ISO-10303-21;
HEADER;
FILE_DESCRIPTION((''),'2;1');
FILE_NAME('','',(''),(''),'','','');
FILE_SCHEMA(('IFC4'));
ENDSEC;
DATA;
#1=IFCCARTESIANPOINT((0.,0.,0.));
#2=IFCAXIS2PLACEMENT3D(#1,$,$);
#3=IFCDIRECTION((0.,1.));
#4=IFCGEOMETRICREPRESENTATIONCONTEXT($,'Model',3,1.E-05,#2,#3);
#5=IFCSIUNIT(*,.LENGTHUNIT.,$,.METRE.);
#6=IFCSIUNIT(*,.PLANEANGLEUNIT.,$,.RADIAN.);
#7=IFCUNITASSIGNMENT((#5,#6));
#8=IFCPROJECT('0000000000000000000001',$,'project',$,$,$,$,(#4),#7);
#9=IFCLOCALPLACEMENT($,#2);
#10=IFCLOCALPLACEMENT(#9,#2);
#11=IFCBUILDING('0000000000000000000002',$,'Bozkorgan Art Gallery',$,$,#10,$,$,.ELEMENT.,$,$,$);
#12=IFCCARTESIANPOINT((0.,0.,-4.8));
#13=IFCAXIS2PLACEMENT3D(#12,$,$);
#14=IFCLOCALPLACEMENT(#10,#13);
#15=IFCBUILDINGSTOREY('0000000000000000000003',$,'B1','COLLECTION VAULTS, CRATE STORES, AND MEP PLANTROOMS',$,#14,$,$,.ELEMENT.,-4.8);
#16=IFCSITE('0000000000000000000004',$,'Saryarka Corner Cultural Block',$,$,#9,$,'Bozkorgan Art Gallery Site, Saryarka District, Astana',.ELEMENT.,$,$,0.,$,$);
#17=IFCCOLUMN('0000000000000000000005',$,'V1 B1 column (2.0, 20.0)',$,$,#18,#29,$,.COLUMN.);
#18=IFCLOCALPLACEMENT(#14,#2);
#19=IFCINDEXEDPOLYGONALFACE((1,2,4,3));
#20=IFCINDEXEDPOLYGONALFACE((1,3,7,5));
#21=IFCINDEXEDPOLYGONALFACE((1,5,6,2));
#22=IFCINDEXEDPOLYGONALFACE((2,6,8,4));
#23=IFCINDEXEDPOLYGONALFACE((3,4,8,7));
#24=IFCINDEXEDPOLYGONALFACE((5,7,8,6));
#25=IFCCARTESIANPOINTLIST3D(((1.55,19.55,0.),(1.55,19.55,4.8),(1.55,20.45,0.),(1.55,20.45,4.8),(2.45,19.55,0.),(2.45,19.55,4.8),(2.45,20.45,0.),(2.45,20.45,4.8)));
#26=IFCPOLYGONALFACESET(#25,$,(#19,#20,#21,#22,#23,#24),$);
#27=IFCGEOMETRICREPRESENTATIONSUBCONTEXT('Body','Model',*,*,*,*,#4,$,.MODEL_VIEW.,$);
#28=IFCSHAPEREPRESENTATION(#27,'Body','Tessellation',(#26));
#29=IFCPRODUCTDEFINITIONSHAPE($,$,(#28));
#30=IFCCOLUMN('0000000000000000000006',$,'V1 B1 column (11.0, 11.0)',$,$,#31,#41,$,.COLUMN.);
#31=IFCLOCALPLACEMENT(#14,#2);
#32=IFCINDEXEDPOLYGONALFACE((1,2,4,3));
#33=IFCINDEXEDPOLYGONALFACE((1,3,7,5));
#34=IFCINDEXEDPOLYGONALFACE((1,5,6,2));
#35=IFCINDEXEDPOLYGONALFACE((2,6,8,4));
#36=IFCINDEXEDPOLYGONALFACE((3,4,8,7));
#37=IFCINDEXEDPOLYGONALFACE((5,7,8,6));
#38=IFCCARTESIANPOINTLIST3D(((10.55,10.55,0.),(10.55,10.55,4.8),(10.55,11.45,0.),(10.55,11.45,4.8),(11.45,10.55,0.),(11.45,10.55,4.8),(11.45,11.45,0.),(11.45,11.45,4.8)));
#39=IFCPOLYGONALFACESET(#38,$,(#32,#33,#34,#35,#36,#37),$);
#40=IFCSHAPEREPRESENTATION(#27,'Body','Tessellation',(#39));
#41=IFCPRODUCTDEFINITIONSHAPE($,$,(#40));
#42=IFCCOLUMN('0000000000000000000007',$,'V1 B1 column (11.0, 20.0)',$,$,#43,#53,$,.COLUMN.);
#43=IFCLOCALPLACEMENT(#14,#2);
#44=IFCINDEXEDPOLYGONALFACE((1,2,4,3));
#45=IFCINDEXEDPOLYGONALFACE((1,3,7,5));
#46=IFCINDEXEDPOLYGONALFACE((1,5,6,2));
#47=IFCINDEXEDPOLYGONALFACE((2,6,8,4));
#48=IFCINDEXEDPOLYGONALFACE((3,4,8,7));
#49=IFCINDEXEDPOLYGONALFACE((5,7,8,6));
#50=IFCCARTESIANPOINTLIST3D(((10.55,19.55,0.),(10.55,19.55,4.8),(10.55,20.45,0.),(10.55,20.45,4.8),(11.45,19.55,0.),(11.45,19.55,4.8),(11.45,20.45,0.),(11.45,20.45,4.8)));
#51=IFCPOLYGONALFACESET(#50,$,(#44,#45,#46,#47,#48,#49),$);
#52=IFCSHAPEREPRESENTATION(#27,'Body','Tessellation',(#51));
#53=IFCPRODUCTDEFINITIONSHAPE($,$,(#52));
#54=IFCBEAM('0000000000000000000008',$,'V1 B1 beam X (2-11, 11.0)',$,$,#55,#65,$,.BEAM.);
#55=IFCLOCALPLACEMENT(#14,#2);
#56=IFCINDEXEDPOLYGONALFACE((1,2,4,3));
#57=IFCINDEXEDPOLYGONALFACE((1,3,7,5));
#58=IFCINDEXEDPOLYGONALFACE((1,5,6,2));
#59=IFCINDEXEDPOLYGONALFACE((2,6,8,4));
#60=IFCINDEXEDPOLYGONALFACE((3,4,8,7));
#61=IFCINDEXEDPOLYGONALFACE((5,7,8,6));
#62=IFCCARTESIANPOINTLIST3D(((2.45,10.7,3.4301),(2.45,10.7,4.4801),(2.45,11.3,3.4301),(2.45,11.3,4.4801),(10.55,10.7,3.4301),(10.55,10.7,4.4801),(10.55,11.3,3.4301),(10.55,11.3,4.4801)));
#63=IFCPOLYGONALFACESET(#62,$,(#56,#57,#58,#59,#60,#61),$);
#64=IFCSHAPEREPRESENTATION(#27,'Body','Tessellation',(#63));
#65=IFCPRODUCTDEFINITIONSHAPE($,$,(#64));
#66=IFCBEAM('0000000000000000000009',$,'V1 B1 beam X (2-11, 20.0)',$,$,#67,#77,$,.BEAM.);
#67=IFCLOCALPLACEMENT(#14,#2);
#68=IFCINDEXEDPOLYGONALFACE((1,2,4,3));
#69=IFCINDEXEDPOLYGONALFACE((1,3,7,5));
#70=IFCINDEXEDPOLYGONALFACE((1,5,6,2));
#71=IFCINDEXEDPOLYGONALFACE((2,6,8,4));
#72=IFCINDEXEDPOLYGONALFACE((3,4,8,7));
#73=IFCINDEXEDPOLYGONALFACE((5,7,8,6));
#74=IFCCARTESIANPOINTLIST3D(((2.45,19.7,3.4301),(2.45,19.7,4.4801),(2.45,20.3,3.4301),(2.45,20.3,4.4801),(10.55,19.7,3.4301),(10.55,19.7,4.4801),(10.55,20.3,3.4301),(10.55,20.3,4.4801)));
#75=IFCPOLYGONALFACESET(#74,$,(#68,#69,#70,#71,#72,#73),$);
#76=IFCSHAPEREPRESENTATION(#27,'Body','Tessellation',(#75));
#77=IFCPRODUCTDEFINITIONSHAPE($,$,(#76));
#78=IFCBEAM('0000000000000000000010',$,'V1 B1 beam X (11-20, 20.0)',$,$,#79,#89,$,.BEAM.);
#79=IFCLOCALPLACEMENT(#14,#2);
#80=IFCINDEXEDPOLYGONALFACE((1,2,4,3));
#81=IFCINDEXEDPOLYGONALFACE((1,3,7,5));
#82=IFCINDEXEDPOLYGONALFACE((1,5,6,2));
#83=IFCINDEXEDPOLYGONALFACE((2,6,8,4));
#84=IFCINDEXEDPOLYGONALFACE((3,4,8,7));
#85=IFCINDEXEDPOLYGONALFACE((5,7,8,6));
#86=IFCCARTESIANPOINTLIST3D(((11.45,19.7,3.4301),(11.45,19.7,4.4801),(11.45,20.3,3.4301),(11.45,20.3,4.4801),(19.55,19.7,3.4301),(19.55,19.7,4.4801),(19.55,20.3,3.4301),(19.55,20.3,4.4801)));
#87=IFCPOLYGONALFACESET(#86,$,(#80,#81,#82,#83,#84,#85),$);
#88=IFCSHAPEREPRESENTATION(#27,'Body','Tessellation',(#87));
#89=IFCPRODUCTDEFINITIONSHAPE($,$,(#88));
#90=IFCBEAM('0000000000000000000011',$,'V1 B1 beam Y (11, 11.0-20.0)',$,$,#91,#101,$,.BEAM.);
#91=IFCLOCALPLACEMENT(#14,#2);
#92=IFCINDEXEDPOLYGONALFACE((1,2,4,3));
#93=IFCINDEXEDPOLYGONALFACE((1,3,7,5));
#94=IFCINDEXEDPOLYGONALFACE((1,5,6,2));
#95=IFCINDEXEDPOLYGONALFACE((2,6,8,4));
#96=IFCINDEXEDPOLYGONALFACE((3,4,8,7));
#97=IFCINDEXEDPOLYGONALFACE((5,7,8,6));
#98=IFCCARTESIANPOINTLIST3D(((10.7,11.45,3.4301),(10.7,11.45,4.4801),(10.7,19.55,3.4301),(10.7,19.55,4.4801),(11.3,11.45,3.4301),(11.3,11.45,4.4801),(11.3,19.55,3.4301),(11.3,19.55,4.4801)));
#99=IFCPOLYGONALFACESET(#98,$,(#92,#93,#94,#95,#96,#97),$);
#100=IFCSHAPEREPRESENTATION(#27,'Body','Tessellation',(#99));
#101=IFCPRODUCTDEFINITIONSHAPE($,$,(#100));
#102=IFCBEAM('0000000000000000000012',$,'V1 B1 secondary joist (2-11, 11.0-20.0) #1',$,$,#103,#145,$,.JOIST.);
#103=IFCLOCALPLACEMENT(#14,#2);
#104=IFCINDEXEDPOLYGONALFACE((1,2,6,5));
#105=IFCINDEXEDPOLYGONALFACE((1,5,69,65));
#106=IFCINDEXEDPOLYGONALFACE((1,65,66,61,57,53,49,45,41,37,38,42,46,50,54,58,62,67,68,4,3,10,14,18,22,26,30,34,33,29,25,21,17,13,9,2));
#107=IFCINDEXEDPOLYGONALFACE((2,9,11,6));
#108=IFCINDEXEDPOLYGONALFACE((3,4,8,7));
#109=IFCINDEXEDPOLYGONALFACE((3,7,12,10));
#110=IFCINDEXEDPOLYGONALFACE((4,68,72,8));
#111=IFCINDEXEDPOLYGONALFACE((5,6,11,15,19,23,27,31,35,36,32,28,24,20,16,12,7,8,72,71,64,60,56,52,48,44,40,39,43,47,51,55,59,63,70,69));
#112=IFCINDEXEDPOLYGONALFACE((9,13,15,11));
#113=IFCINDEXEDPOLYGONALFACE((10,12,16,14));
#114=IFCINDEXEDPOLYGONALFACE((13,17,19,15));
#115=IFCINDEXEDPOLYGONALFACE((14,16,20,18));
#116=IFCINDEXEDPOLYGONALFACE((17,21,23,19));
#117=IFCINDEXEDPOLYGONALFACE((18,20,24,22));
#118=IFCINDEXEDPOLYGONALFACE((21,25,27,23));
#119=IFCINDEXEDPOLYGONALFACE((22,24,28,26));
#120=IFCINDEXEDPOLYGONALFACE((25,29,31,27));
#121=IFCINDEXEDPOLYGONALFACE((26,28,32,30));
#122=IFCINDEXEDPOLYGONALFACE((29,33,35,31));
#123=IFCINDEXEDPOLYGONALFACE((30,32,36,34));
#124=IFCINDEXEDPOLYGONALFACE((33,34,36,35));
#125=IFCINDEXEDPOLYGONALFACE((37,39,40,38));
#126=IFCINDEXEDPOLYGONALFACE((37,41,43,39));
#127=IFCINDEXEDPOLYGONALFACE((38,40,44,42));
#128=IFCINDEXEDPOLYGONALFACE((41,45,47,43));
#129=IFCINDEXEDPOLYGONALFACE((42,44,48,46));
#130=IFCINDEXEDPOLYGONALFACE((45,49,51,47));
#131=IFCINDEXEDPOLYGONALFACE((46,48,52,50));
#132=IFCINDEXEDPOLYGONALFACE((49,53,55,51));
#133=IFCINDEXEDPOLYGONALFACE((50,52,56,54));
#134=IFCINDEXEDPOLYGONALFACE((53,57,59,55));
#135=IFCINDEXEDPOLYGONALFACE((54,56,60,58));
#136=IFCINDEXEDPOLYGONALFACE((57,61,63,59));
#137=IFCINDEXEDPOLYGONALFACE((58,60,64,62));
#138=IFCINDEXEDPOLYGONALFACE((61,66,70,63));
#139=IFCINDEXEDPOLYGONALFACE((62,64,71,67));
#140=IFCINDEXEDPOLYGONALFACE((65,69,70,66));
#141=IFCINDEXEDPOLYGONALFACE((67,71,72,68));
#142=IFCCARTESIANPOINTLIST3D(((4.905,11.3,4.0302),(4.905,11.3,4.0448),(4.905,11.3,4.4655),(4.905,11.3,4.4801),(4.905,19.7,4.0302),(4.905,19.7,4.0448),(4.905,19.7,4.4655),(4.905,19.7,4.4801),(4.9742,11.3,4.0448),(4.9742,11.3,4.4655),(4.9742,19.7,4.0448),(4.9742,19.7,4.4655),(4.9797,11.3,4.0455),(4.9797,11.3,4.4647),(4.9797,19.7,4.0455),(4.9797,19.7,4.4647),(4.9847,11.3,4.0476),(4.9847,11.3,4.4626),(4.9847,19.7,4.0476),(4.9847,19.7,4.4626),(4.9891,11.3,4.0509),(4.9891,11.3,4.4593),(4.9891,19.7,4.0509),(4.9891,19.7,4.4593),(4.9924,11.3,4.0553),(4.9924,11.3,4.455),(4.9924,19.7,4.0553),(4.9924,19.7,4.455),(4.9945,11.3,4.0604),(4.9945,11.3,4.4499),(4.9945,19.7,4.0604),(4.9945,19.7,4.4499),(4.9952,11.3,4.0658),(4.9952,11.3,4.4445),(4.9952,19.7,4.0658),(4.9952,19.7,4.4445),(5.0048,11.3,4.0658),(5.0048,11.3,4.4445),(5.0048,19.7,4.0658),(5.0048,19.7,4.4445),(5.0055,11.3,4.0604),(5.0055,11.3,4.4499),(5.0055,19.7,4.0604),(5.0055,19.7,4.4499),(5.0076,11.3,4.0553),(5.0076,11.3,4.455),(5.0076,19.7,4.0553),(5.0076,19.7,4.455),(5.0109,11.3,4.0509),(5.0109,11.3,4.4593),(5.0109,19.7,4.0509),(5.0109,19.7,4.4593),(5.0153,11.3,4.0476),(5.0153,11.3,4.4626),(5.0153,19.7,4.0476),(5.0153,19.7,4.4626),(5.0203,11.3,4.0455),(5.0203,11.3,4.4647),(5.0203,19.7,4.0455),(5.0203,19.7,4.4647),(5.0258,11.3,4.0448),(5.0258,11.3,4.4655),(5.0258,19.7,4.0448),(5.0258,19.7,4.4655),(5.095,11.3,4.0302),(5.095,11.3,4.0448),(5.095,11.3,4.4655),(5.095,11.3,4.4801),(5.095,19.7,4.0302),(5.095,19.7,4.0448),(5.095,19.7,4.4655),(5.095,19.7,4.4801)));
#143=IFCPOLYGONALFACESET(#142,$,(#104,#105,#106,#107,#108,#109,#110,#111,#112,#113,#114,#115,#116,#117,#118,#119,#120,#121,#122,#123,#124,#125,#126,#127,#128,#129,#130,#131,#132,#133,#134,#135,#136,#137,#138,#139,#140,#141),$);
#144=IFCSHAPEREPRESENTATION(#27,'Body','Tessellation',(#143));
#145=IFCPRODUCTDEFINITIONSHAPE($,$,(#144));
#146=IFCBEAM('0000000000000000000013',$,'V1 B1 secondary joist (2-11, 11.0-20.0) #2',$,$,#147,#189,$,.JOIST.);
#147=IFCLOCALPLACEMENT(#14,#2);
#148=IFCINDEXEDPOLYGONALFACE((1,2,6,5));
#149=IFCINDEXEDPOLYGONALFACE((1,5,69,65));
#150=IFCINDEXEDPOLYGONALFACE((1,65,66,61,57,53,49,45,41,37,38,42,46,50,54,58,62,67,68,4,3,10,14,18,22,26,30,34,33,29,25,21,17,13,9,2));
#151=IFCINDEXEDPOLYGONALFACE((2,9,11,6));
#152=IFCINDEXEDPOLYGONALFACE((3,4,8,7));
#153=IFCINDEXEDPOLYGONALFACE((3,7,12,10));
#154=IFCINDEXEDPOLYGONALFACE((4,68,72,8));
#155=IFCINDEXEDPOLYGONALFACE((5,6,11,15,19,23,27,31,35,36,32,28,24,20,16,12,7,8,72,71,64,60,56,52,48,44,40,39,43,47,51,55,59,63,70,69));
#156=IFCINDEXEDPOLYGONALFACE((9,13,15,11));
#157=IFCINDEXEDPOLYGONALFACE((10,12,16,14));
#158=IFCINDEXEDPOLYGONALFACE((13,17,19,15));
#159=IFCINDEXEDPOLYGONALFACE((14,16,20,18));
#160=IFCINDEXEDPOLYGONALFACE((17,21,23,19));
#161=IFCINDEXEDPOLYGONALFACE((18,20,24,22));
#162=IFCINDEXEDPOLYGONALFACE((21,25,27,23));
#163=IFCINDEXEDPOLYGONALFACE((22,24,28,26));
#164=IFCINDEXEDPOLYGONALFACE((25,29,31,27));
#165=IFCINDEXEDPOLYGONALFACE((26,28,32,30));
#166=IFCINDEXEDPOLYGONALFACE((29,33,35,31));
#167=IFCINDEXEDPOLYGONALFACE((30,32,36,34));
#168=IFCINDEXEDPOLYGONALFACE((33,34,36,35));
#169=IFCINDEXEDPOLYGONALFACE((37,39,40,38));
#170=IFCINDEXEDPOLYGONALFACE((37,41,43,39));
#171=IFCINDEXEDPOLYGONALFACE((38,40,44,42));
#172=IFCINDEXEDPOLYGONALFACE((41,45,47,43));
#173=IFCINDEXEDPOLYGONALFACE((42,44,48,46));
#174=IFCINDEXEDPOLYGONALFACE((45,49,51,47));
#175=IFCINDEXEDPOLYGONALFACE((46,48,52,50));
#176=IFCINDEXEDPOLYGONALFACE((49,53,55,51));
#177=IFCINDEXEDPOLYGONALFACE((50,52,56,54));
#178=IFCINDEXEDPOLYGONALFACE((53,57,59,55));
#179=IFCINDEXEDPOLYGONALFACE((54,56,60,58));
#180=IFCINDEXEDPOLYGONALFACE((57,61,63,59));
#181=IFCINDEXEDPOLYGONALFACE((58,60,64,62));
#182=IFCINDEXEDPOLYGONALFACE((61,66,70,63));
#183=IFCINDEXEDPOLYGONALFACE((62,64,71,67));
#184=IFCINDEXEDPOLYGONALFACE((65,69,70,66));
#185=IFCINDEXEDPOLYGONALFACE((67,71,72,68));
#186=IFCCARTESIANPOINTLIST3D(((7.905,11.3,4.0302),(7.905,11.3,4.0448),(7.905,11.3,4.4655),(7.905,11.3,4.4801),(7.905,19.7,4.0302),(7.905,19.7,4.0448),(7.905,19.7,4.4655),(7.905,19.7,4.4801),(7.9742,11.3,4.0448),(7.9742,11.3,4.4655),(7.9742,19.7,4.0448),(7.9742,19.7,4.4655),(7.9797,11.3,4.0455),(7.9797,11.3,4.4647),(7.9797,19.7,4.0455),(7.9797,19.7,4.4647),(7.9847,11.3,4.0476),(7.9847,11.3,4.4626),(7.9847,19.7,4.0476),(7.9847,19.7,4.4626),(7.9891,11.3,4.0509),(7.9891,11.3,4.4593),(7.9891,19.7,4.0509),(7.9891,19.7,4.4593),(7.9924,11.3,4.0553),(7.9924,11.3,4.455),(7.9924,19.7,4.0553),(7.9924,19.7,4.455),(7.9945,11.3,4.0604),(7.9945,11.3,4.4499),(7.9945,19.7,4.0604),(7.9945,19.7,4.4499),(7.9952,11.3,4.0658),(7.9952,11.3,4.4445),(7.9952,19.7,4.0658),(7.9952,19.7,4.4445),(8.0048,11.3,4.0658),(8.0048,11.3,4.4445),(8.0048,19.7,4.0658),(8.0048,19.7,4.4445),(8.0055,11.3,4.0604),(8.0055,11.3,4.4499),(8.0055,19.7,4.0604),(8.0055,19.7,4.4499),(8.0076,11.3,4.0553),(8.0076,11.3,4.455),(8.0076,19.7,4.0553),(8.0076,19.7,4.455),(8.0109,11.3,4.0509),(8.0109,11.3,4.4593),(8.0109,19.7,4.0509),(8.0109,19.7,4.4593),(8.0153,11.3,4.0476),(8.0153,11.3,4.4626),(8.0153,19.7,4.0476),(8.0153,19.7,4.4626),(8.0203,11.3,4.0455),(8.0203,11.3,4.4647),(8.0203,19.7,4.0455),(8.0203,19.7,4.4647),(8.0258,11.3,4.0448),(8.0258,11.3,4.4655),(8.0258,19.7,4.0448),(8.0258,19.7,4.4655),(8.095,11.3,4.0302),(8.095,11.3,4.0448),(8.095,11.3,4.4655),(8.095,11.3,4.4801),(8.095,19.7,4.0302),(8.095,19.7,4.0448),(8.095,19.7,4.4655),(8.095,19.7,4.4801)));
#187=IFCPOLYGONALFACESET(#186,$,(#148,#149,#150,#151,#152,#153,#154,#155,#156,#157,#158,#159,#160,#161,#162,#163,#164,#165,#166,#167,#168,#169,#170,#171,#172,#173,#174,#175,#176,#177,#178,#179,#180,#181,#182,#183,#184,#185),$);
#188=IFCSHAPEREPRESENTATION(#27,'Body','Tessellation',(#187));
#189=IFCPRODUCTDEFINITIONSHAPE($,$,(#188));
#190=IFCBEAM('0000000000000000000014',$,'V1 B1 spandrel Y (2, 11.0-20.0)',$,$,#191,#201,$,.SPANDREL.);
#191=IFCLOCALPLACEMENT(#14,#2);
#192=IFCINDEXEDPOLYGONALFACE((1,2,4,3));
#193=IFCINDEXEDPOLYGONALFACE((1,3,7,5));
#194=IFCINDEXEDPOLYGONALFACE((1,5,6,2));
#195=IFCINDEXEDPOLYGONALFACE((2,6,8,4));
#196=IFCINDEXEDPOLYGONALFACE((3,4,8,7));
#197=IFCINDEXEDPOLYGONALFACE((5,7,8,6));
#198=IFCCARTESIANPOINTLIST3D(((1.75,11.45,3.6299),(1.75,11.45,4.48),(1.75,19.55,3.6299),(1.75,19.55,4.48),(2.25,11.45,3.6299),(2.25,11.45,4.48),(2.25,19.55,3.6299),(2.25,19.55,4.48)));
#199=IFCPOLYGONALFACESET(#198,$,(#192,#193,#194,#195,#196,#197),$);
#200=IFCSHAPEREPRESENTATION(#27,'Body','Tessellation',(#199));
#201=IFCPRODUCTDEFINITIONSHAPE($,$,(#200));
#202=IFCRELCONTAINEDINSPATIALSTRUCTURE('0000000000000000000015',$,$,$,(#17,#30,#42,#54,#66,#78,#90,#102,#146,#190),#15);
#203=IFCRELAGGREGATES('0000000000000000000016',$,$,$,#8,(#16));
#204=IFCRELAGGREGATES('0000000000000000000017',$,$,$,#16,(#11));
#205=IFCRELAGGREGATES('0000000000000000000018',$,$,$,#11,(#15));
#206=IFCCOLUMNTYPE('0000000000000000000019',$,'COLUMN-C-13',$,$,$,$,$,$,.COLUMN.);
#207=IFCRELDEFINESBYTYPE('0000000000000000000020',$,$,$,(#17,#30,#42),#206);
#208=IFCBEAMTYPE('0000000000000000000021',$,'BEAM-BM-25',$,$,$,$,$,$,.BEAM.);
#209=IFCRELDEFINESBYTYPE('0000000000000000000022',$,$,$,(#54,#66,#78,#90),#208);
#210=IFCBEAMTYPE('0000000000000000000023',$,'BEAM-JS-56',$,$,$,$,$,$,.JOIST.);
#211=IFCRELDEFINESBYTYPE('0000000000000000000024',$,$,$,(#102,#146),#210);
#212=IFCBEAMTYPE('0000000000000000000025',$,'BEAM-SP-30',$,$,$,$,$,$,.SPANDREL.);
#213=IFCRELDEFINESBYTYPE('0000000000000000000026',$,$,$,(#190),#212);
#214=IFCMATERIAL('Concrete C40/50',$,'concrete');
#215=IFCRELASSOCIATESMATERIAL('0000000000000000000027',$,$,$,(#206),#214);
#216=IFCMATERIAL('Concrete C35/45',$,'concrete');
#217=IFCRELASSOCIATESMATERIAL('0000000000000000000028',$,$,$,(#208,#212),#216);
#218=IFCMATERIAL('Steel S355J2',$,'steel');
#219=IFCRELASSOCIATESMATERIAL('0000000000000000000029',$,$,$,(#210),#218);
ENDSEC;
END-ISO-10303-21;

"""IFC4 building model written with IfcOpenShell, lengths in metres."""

from ifc_helpers import new_model, si_unit, direction, frame, origin, origin_2d, place, context, subcontext, project, spatial, rectangle, i_section, extrude, material, material_profile, profile_set, type_object, element, save


model = new_model("IFC4")

# Units and contexts
model_context = context("Model", 3, precision=1e-05, world=origin(), true_north=direction((0.0, 1.0)))
body_context = subcontext(model_context, "Body", "Model", "MODEL_VIEW")
ifc_project = project(units=[si_unit("LENGTHUNIT", "METRE"), si_unit("PLANEANGLEUNIT", "RADIAN")], contexts=[model_context])

# Site, building, storey
site_placement = place(None, origin())
site = spatial("IfcSite", under=ifc_project, at=site_placement, Name="Saryarka Corner Cultural Block", LongName="Bozkorgan Art Gallery Site, Saryarka District, Astana", CompositionType="ELEMENT", RefElevation=0.0)
building_placement = place(site_placement, origin())
building = spatial("IfcBuilding", under=site, at=building_placement, Name="Bozkorgan Art Gallery", CompositionType="ELEMENT")
storey_placement = place(building_placement, frame((0.0, 0.0, -4.8)))
storey = spatial("IfcBuildingStorey", under=building, at=storey_placement, Name="B1", Description="COLLECTION VAULTS, CRATE STORES, AND MEP PLANTROOMS", CompositionType="ELEMENT", Elevation=-4.8)

# Columns
ifc_material_1 = material(Name="Concrete C40/50", Category="concrete")
ifc_material_profile_1 = material_profile(ifc_material_1, rectangle(XDim=0.8999, YDim=0.8999, at=origin_2d()), Name="RC 900x900")
ifc_profile_set_1 = profile_set([ifc_material_profile_1], Name="Concrete C40/50")
column_type = type_object("IfcColumnType", Name="COLUMN-C-13", PredefinedType="COLUMN", material=ifc_profile_set_1)
for number, where, z_axis, x_axis, name in (
    (1, (2.0, 20.0, 0.0), (0.0, 0.0, 1.0), (1.0, 0.0, 0.0), "V1 B1 column (2.0, 20.0)"),
    (2, (11.0, 11.0, 0.0), (0.0, 0.0, 1.0), (1.0, 0.0, 0.0), "V1 B1 column (11.0, 11.0)"),
    (3, (11.0, 20.0, 0.0), (0.0, 0.0, 1.0), (1.0, 0.0, 0.0), "V1 B1 column (11.0, 20.0)"),
):
    element("IfcColumn", number, at=place(storey_placement, frame(where, z_axis=z_axis, x_axis=x_axis)), inside=storey, type_object=column_type, Name=name, PredefinedType="COLUMN", context=body_context, shape_type="SweptSolid", body=[
        extrude(rectangle(XDim=0.8999, YDim=0.8999, at=origin_2d()), origin(), (0.0, 0.0, 1.0), 4.8),
    ])

# Beams
ifc_material_2 = material(Name="Concrete C35/45", Category="concrete")
ifc_material_profile_2 = material_profile(ifc_material_2, rectangle(XDim=0.6001, YDim=1.05, at=origin_2d()), Name="RC 600x1050")
ifc_profile_set_2 = profile_set([ifc_material_profile_2], Name="Concrete C35/45")
beam_type_1 = type_object("IfcBeamType", Name="BEAM-BM-25", PredefinedType="BEAM", material=ifc_profile_set_2)
for number, where, z_axis, x_axis, name in (
    (4, (2.45, 11.0, 3.9551), (1.0, 0.0, 0.0), (0.0, 1.0, 0.0), "V1 B1 beam X (2-11, 11.0)"),
    (5, (2.45, 20.0, 3.9551), (1.0, 0.0, 0.0), (0.0, 1.0, 0.0), "V1 B1 beam X (2-11, 20.0)"),
    (6, (11.45, 20.0, 3.9551), (1.0, 0.0, 0.0), (0.0, 1.0, 0.0), "V1 B1 beam X (11-20, 20.0)"),
    (7, (11.0, 11.45, 3.9551), (0.0, 1.0, 0.0), (-1.0, 0.0, 0.0), "V1 B1 beam Y (11, 11.0-20.0)"),
):
    element("IfcBeam", number, at=place(storey_placement, frame(where, z_axis=z_axis, x_axis=x_axis)), inside=storey, type_object=beam_type_1, Name=name, PredefinedType="BEAM", context=body_context, shape_type="SweptSolid", body=[
        extrude(rectangle(XDim=0.6001, YDim=1.05, at=origin_2d()), origin(), (0.0, 0.0, 1.0), 8.1001),
    ])
ifc_material_3 = material(Name="Steel S355J2", Category="steel")
ifc_material_profile_3 = material_profile(ifc_material_3, i_section(OverallWidth=0.1899, OverallDepth=0.45, WebThickness=0.0095, FlangeThickness=0.0146, FilletRadius=0.021, at=origin_2d()), Name="IPE 450")
ifc_profile_set_3 = profile_set([ifc_material_profile_3], Name="Steel S355J2")
beam_type_2 = type_object("IfcBeamType", Name="BEAM-JS-56", PredefinedType="JOIST", material=ifc_profile_set_3)
for number, where, z_axis, x_axis, name in (
    (8, (5.0, 11.3, 4.2551), (0.0, 1.0, 0.0), (-1.0, 0.0, 0.0), "V1 B1 secondary joist (2-11, 11.0-20.0) #1"),
    (9, (8.0, 11.3, 4.2551), (0.0, 1.0, 0.0), (-1.0, 0.0, 0.0), "V1 B1 secondary joist (2-11, 11.0-20.0) #2"),
):
    element("IfcBeam", number, at=place(storey_placement, frame(where, z_axis=z_axis, x_axis=x_axis)), inside=storey, type_object=beam_type_2, Name=name, PredefinedType="JOIST", context=body_context, shape_type="SweptSolid", body=[
        extrude(i_section(OverallWidth=0.1899, OverallDepth=0.45, WebThickness=0.0095, FlangeThickness=0.0146, FilletRadius=0.021, at=origin_2d()), origin(), (0.0, 0.0, 1.0), 8.3999),
    ])
ifc_material_profile_4 = material_profile(ifc_material_2, rectangle(XDim=0.5, YDim=0.8501, at=origin_2d()), Name="RC 500x850")
ifc_profile_set_4 = profile_set([ifc_material_profile_4], Name="Concrete C35/45")
beam_type_3 = type_object("IfcBeamType", Name="BEAM-SP-30", PredefinedType="SPANDREL", material=ifc_profile_set_4)
beam_placement = place(storey_placement, frame((2.0, 11.45, 4.0549), z_axis=(0.0, 1.0, 0.0), x_axis=(-1.0, 0.0, 0.0)))
element("IfcBeam", 10, at=beam_placement, inside=storey, type_object=beam_type_3, Name="V1 B1 spandrel Y (2, 11.0-20.0)", PredefinedType="SPANDREL", context=body_context, shape_type="SweptSolid", body=[
    extrude(rectangle(XDim=0.5, YDim=0.8501, at=origin_2d()), origin(), (0.0, 0.0, 1.0), 8.1001),
])

save(model, "model.ifc")
